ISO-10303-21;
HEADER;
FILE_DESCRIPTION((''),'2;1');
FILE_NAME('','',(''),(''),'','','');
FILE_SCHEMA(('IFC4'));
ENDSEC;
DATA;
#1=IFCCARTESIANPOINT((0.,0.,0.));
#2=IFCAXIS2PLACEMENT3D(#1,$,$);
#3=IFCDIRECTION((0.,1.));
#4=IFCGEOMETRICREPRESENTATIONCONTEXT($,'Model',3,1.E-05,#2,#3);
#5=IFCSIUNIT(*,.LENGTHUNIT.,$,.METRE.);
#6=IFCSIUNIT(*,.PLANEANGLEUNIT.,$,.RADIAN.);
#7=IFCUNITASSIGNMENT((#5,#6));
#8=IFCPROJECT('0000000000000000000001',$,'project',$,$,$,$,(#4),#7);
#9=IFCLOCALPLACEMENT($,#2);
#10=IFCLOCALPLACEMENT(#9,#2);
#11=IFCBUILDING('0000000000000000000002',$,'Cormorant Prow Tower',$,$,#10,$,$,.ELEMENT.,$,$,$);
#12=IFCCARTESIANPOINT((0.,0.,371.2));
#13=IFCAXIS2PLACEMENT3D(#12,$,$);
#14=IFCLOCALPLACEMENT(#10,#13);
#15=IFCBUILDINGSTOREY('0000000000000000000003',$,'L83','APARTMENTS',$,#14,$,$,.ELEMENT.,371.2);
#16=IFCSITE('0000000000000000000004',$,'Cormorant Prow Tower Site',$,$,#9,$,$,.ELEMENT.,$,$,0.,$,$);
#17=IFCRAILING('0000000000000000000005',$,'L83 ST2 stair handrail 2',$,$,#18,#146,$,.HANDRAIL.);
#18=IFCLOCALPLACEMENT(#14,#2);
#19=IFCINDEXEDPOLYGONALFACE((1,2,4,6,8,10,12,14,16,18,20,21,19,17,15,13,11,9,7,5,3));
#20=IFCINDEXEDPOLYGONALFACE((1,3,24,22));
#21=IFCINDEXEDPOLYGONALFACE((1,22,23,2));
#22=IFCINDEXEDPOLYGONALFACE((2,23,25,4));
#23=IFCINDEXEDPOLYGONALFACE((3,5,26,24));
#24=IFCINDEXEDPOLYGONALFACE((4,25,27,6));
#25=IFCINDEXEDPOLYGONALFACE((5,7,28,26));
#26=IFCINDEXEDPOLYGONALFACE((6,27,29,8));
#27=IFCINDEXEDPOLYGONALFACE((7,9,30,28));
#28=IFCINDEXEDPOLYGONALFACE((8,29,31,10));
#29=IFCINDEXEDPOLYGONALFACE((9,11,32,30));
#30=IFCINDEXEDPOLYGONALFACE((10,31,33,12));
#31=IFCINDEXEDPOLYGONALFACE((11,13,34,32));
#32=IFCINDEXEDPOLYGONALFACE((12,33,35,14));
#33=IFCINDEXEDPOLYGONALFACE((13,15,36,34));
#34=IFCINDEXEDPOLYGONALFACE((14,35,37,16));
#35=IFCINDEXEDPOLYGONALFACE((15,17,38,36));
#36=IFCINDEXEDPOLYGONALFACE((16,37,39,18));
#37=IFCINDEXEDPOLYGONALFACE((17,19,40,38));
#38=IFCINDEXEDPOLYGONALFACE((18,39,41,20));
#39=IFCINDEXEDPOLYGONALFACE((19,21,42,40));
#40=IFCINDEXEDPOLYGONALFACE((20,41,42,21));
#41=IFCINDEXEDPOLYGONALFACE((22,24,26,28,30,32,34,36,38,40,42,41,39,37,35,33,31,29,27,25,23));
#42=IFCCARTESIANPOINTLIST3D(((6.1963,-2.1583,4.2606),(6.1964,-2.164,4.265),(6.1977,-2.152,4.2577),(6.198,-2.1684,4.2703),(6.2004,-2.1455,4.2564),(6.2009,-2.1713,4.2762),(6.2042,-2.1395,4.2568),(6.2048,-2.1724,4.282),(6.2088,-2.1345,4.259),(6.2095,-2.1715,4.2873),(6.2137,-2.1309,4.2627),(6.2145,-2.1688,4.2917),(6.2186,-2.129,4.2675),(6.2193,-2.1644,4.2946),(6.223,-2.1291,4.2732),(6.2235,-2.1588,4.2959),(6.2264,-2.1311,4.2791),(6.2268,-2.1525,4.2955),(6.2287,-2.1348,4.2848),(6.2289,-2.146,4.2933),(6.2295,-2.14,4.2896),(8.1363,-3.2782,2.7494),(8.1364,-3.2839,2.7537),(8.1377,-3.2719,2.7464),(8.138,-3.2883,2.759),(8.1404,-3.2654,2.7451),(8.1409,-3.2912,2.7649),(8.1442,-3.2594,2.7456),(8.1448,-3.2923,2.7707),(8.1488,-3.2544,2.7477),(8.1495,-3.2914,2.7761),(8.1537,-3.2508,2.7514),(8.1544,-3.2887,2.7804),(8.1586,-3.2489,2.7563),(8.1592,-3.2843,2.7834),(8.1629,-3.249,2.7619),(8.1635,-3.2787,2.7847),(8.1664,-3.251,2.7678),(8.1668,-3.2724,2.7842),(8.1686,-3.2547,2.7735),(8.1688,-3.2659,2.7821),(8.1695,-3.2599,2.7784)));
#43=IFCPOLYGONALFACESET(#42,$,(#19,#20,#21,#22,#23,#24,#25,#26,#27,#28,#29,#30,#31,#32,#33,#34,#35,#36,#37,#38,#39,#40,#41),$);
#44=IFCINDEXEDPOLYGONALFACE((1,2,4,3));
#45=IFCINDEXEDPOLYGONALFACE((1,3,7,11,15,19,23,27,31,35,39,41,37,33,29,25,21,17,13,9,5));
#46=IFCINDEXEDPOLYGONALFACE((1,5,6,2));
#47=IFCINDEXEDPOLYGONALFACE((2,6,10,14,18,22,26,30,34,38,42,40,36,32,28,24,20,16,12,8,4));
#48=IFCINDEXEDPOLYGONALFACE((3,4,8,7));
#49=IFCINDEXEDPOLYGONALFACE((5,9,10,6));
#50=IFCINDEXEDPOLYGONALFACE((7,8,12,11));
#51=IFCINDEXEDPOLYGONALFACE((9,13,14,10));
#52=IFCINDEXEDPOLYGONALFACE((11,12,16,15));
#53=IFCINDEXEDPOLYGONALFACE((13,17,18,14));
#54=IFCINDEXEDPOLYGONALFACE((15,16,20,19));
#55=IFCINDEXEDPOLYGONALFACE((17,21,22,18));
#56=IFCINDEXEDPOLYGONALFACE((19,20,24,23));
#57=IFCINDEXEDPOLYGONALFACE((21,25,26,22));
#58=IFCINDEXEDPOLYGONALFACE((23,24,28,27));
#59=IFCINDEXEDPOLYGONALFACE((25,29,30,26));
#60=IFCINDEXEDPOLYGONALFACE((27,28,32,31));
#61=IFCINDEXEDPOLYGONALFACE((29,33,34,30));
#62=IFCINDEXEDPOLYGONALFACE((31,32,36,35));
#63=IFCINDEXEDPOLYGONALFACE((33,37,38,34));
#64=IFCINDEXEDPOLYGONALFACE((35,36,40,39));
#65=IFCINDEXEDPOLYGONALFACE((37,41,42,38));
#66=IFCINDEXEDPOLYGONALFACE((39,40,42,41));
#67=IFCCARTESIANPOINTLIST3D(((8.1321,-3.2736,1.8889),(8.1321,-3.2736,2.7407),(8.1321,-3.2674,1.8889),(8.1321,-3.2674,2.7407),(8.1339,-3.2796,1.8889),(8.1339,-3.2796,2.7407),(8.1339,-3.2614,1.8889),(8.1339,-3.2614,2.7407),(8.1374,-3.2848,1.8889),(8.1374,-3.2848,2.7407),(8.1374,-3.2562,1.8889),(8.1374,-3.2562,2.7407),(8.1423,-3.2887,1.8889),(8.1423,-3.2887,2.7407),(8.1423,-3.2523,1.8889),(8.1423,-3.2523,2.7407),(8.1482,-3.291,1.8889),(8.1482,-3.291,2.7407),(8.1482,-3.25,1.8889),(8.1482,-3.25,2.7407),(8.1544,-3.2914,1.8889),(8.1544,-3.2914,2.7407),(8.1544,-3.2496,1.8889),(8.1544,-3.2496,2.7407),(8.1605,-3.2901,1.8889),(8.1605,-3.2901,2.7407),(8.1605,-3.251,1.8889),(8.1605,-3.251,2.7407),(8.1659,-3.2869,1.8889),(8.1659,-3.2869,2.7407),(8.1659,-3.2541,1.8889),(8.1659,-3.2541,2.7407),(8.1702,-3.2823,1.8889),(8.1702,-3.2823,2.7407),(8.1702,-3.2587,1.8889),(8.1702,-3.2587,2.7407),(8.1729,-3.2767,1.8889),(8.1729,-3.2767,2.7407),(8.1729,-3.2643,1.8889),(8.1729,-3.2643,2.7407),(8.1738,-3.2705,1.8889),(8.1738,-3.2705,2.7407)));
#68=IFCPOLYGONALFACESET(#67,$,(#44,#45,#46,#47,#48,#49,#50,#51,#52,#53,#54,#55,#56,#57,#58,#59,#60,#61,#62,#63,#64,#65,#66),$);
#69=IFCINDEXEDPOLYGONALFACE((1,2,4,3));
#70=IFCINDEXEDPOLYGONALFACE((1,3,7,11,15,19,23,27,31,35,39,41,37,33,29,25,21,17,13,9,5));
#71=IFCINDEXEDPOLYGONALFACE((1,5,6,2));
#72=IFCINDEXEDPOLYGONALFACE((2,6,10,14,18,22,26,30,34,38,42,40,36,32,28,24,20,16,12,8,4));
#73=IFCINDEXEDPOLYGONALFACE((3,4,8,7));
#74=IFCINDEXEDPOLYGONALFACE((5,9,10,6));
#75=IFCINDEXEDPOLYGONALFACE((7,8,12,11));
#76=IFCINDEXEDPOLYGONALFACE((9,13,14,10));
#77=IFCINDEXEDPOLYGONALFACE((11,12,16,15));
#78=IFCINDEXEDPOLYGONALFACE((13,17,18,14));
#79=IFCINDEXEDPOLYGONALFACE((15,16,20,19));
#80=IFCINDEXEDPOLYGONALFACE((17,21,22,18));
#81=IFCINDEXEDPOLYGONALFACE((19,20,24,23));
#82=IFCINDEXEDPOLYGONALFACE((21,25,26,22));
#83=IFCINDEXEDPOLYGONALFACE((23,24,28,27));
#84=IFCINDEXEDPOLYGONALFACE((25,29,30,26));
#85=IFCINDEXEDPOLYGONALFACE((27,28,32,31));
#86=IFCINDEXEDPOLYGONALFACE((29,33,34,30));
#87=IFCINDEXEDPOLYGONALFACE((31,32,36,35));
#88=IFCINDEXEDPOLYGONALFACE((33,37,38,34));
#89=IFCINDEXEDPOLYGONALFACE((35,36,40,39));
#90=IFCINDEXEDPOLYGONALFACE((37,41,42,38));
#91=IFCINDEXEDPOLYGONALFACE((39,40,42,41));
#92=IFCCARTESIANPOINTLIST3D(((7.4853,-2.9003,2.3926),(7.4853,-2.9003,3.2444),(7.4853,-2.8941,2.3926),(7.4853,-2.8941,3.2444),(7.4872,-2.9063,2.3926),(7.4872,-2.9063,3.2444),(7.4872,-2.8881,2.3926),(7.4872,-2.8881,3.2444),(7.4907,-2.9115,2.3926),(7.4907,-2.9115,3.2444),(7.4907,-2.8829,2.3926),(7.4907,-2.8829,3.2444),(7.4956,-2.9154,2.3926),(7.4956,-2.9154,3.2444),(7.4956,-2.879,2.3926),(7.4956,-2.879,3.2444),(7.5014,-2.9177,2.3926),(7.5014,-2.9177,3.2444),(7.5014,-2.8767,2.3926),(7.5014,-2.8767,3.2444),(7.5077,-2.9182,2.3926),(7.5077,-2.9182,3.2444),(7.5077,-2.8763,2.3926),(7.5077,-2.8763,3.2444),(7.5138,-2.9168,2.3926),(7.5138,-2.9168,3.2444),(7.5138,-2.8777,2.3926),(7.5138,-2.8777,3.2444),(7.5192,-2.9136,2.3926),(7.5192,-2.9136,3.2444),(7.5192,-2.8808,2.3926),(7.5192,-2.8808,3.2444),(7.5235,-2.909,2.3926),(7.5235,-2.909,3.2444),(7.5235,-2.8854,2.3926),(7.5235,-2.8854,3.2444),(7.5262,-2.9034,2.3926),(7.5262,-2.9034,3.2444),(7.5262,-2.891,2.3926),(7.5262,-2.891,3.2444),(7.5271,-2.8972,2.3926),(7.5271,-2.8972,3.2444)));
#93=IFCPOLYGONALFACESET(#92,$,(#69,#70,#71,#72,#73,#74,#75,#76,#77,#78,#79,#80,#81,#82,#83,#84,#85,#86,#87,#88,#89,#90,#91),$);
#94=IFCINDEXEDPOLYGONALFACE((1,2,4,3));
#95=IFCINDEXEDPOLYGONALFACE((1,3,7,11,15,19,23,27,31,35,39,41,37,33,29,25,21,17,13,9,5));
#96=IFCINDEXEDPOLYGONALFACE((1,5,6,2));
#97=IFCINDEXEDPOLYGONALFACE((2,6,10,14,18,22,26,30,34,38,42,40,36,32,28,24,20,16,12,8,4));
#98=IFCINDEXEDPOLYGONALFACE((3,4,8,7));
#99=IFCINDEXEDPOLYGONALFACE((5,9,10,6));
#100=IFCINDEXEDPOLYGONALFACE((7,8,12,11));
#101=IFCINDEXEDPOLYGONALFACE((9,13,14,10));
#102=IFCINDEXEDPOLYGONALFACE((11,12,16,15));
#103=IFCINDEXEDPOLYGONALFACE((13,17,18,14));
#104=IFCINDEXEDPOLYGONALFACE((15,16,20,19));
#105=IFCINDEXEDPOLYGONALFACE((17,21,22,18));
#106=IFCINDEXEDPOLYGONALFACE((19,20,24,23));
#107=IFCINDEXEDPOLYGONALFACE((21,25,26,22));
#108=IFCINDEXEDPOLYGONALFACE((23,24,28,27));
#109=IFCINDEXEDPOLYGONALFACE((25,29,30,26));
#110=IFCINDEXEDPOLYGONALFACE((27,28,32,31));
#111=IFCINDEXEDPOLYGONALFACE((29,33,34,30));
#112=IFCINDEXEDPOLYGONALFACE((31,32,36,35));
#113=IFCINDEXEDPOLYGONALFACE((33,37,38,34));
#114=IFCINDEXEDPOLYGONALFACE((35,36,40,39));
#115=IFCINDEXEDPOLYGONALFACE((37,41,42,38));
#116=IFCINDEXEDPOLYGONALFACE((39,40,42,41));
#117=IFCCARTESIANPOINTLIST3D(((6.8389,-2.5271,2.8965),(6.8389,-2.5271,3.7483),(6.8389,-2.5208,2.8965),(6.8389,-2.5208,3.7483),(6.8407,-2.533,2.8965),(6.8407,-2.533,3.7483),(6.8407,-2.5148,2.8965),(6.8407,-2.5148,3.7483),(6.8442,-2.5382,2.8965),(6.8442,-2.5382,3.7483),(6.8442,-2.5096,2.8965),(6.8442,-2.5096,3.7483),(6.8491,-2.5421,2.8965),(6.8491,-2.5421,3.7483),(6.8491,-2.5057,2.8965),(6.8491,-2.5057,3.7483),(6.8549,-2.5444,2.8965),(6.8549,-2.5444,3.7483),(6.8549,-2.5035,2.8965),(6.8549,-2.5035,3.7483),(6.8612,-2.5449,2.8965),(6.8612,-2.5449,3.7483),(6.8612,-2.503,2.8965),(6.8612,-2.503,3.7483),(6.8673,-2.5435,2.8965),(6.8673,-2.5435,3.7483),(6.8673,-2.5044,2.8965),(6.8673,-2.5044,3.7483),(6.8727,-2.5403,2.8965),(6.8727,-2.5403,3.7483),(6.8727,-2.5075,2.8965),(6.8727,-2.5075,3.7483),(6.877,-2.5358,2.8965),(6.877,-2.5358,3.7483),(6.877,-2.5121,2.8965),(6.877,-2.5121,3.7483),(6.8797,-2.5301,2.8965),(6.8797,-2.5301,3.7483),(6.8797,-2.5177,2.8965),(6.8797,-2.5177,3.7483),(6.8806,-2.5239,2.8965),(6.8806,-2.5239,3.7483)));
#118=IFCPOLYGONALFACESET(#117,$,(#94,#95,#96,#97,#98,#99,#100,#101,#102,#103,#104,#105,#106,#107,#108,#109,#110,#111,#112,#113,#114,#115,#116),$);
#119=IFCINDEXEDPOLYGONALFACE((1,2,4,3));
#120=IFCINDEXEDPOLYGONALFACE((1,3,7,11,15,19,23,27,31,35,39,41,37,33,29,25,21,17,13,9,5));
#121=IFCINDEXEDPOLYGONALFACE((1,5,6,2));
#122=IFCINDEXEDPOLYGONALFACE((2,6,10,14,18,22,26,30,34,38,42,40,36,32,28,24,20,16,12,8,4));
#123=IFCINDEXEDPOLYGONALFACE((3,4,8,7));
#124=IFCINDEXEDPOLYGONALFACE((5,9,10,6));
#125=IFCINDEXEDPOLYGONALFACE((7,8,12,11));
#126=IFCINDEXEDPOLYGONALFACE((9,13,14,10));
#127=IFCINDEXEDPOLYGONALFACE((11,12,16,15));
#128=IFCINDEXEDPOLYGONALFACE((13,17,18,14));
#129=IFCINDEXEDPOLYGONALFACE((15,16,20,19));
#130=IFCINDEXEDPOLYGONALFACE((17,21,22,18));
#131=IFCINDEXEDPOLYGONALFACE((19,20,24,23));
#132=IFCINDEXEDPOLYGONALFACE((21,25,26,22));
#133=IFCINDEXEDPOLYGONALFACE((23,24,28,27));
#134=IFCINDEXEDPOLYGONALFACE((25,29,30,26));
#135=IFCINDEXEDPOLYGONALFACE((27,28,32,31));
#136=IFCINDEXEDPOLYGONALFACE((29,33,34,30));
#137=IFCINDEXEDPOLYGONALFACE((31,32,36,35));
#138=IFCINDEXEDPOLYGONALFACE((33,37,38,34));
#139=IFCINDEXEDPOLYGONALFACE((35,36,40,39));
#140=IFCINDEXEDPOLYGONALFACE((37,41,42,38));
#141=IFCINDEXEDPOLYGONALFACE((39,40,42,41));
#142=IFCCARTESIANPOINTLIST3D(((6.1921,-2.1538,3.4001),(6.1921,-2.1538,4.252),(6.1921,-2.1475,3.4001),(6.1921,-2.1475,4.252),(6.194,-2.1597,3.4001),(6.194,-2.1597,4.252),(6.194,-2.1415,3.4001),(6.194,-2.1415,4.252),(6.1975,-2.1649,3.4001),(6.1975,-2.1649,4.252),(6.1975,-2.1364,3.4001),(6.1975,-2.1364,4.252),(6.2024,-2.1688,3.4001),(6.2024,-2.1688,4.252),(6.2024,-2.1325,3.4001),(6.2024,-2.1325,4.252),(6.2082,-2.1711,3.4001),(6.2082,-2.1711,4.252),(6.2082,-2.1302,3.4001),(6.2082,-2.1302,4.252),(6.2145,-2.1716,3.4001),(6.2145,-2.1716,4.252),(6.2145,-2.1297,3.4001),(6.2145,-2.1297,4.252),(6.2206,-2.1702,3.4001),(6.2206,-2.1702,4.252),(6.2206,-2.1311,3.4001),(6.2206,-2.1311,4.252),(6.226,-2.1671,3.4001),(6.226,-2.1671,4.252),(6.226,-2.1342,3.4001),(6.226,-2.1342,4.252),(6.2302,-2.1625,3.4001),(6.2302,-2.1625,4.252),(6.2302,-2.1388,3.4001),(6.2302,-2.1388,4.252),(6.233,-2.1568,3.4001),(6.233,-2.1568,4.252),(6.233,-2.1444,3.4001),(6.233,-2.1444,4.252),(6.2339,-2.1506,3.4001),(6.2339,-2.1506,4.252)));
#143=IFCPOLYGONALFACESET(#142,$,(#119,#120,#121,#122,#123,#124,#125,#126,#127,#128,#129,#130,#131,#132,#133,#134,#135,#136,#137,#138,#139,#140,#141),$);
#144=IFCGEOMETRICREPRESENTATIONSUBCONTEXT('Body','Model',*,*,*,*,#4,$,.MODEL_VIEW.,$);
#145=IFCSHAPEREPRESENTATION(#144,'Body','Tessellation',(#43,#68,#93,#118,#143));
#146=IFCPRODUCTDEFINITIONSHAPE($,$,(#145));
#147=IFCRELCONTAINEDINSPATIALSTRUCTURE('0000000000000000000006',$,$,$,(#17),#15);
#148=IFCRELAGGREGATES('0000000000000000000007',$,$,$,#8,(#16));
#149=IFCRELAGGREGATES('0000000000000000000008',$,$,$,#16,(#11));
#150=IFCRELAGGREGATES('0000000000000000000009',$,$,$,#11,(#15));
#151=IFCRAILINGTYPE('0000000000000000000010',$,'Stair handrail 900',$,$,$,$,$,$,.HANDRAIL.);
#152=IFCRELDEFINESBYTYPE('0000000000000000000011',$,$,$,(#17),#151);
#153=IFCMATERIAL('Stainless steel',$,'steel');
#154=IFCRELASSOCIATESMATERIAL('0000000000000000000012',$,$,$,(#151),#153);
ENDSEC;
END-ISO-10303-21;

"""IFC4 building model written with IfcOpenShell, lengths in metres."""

from ifc_helpers import new_model, si_unit, direction, frame, origin, origin_2d, place, context, subcontext, project, spatial, circle, extrude, material, type_object, element, save


model = new_model("IFC4")

# Units and contexts
model_context = context("Model", 3, precision=1e-05, world=origin(), true_north=direction((0.0, 1.0)))
body_context = subcontext(model_context, "Body", "Model", "MODEL_VIEW")
ifc_project = project(units=[si_unit("LENGTHUNIT", "METRE"), si_unit("PLANEANGLEUNIT", "RADIAN")], contexts=[model_context])

# Site, building, storey
site_placement = place(None, origin())
site = spatial("IfcSite", under=ifc_project, at=site_placement, Name="Cormorant Prow Tower Site", CompositionType="ELEMENT", RefElevation=0.0)
building_placement = place(site_placement, origin())
building = spatial("IfcBuilding", under=site, at=building_placement, Name="Cormorant Prow Tower", CompositionType="ELEMENT")
storey_placement = place(building_placement, frame((0.0, 0.0, 371.2)))
storey = spatial("IfcBuildingStorey", under=building, at=storey_placement, Name="L83", Description="APARTMENTS", CompositionType="ELEMENT", Elevation=371.2)

# Railing
ifc_material_1 = material(Name="Stainless steel", Category="steel")
railing_type = type_object("IfcRailingType", Name="Stair handrail 900", PredefinedType="HANDRAIL", material=ifc_material_1)
railing_placement = place(storey_placement, frame((8.1528, -3.2705, 1.8889)))
element("IfcRailing", 1, at=railing_placement, inside=storey, type_object=railing_type, Name="L83 ST2 stair handrail 2", PredefinedType="HANDRAIL", context=body_context, shape_type="SweptSolid", body=[
    extrude(circle(Radius=0.0239, at=origin_2d()), frame((0.0, 0.0, 0.876), z_axis=(-0.71794, 0.414447, 0.559281), x_axis=(-0.499949, -0.866055, 0.0)), (0.0, 0.0, 1.0), 2.7021),
    extrude(circle(Radius=0.021, at=origin_2d()), origin(), (0.0, 0.0, 1.0), 0.8518),
    extrude(circle(Radius=0.021, at=origin_2d()), frame((-0.6467, 0.3733, 0.5037)), (0.0, 0.0, 1.0), 0.8518),
    extrude(circle(Radius=0.021, at=origin_2d()), frame((-1.2932, 0.7466, 1.0076)), (0.0, 0.0, 1.0), 0.8518),
    extrude(circle(Radius=0.021, at=origin_2d()), frame((-1.9399, 1.1199, 1.5112)), (0.0, 0.0, 1.0), 0.8518),
])

save(model, "model.ifc")
